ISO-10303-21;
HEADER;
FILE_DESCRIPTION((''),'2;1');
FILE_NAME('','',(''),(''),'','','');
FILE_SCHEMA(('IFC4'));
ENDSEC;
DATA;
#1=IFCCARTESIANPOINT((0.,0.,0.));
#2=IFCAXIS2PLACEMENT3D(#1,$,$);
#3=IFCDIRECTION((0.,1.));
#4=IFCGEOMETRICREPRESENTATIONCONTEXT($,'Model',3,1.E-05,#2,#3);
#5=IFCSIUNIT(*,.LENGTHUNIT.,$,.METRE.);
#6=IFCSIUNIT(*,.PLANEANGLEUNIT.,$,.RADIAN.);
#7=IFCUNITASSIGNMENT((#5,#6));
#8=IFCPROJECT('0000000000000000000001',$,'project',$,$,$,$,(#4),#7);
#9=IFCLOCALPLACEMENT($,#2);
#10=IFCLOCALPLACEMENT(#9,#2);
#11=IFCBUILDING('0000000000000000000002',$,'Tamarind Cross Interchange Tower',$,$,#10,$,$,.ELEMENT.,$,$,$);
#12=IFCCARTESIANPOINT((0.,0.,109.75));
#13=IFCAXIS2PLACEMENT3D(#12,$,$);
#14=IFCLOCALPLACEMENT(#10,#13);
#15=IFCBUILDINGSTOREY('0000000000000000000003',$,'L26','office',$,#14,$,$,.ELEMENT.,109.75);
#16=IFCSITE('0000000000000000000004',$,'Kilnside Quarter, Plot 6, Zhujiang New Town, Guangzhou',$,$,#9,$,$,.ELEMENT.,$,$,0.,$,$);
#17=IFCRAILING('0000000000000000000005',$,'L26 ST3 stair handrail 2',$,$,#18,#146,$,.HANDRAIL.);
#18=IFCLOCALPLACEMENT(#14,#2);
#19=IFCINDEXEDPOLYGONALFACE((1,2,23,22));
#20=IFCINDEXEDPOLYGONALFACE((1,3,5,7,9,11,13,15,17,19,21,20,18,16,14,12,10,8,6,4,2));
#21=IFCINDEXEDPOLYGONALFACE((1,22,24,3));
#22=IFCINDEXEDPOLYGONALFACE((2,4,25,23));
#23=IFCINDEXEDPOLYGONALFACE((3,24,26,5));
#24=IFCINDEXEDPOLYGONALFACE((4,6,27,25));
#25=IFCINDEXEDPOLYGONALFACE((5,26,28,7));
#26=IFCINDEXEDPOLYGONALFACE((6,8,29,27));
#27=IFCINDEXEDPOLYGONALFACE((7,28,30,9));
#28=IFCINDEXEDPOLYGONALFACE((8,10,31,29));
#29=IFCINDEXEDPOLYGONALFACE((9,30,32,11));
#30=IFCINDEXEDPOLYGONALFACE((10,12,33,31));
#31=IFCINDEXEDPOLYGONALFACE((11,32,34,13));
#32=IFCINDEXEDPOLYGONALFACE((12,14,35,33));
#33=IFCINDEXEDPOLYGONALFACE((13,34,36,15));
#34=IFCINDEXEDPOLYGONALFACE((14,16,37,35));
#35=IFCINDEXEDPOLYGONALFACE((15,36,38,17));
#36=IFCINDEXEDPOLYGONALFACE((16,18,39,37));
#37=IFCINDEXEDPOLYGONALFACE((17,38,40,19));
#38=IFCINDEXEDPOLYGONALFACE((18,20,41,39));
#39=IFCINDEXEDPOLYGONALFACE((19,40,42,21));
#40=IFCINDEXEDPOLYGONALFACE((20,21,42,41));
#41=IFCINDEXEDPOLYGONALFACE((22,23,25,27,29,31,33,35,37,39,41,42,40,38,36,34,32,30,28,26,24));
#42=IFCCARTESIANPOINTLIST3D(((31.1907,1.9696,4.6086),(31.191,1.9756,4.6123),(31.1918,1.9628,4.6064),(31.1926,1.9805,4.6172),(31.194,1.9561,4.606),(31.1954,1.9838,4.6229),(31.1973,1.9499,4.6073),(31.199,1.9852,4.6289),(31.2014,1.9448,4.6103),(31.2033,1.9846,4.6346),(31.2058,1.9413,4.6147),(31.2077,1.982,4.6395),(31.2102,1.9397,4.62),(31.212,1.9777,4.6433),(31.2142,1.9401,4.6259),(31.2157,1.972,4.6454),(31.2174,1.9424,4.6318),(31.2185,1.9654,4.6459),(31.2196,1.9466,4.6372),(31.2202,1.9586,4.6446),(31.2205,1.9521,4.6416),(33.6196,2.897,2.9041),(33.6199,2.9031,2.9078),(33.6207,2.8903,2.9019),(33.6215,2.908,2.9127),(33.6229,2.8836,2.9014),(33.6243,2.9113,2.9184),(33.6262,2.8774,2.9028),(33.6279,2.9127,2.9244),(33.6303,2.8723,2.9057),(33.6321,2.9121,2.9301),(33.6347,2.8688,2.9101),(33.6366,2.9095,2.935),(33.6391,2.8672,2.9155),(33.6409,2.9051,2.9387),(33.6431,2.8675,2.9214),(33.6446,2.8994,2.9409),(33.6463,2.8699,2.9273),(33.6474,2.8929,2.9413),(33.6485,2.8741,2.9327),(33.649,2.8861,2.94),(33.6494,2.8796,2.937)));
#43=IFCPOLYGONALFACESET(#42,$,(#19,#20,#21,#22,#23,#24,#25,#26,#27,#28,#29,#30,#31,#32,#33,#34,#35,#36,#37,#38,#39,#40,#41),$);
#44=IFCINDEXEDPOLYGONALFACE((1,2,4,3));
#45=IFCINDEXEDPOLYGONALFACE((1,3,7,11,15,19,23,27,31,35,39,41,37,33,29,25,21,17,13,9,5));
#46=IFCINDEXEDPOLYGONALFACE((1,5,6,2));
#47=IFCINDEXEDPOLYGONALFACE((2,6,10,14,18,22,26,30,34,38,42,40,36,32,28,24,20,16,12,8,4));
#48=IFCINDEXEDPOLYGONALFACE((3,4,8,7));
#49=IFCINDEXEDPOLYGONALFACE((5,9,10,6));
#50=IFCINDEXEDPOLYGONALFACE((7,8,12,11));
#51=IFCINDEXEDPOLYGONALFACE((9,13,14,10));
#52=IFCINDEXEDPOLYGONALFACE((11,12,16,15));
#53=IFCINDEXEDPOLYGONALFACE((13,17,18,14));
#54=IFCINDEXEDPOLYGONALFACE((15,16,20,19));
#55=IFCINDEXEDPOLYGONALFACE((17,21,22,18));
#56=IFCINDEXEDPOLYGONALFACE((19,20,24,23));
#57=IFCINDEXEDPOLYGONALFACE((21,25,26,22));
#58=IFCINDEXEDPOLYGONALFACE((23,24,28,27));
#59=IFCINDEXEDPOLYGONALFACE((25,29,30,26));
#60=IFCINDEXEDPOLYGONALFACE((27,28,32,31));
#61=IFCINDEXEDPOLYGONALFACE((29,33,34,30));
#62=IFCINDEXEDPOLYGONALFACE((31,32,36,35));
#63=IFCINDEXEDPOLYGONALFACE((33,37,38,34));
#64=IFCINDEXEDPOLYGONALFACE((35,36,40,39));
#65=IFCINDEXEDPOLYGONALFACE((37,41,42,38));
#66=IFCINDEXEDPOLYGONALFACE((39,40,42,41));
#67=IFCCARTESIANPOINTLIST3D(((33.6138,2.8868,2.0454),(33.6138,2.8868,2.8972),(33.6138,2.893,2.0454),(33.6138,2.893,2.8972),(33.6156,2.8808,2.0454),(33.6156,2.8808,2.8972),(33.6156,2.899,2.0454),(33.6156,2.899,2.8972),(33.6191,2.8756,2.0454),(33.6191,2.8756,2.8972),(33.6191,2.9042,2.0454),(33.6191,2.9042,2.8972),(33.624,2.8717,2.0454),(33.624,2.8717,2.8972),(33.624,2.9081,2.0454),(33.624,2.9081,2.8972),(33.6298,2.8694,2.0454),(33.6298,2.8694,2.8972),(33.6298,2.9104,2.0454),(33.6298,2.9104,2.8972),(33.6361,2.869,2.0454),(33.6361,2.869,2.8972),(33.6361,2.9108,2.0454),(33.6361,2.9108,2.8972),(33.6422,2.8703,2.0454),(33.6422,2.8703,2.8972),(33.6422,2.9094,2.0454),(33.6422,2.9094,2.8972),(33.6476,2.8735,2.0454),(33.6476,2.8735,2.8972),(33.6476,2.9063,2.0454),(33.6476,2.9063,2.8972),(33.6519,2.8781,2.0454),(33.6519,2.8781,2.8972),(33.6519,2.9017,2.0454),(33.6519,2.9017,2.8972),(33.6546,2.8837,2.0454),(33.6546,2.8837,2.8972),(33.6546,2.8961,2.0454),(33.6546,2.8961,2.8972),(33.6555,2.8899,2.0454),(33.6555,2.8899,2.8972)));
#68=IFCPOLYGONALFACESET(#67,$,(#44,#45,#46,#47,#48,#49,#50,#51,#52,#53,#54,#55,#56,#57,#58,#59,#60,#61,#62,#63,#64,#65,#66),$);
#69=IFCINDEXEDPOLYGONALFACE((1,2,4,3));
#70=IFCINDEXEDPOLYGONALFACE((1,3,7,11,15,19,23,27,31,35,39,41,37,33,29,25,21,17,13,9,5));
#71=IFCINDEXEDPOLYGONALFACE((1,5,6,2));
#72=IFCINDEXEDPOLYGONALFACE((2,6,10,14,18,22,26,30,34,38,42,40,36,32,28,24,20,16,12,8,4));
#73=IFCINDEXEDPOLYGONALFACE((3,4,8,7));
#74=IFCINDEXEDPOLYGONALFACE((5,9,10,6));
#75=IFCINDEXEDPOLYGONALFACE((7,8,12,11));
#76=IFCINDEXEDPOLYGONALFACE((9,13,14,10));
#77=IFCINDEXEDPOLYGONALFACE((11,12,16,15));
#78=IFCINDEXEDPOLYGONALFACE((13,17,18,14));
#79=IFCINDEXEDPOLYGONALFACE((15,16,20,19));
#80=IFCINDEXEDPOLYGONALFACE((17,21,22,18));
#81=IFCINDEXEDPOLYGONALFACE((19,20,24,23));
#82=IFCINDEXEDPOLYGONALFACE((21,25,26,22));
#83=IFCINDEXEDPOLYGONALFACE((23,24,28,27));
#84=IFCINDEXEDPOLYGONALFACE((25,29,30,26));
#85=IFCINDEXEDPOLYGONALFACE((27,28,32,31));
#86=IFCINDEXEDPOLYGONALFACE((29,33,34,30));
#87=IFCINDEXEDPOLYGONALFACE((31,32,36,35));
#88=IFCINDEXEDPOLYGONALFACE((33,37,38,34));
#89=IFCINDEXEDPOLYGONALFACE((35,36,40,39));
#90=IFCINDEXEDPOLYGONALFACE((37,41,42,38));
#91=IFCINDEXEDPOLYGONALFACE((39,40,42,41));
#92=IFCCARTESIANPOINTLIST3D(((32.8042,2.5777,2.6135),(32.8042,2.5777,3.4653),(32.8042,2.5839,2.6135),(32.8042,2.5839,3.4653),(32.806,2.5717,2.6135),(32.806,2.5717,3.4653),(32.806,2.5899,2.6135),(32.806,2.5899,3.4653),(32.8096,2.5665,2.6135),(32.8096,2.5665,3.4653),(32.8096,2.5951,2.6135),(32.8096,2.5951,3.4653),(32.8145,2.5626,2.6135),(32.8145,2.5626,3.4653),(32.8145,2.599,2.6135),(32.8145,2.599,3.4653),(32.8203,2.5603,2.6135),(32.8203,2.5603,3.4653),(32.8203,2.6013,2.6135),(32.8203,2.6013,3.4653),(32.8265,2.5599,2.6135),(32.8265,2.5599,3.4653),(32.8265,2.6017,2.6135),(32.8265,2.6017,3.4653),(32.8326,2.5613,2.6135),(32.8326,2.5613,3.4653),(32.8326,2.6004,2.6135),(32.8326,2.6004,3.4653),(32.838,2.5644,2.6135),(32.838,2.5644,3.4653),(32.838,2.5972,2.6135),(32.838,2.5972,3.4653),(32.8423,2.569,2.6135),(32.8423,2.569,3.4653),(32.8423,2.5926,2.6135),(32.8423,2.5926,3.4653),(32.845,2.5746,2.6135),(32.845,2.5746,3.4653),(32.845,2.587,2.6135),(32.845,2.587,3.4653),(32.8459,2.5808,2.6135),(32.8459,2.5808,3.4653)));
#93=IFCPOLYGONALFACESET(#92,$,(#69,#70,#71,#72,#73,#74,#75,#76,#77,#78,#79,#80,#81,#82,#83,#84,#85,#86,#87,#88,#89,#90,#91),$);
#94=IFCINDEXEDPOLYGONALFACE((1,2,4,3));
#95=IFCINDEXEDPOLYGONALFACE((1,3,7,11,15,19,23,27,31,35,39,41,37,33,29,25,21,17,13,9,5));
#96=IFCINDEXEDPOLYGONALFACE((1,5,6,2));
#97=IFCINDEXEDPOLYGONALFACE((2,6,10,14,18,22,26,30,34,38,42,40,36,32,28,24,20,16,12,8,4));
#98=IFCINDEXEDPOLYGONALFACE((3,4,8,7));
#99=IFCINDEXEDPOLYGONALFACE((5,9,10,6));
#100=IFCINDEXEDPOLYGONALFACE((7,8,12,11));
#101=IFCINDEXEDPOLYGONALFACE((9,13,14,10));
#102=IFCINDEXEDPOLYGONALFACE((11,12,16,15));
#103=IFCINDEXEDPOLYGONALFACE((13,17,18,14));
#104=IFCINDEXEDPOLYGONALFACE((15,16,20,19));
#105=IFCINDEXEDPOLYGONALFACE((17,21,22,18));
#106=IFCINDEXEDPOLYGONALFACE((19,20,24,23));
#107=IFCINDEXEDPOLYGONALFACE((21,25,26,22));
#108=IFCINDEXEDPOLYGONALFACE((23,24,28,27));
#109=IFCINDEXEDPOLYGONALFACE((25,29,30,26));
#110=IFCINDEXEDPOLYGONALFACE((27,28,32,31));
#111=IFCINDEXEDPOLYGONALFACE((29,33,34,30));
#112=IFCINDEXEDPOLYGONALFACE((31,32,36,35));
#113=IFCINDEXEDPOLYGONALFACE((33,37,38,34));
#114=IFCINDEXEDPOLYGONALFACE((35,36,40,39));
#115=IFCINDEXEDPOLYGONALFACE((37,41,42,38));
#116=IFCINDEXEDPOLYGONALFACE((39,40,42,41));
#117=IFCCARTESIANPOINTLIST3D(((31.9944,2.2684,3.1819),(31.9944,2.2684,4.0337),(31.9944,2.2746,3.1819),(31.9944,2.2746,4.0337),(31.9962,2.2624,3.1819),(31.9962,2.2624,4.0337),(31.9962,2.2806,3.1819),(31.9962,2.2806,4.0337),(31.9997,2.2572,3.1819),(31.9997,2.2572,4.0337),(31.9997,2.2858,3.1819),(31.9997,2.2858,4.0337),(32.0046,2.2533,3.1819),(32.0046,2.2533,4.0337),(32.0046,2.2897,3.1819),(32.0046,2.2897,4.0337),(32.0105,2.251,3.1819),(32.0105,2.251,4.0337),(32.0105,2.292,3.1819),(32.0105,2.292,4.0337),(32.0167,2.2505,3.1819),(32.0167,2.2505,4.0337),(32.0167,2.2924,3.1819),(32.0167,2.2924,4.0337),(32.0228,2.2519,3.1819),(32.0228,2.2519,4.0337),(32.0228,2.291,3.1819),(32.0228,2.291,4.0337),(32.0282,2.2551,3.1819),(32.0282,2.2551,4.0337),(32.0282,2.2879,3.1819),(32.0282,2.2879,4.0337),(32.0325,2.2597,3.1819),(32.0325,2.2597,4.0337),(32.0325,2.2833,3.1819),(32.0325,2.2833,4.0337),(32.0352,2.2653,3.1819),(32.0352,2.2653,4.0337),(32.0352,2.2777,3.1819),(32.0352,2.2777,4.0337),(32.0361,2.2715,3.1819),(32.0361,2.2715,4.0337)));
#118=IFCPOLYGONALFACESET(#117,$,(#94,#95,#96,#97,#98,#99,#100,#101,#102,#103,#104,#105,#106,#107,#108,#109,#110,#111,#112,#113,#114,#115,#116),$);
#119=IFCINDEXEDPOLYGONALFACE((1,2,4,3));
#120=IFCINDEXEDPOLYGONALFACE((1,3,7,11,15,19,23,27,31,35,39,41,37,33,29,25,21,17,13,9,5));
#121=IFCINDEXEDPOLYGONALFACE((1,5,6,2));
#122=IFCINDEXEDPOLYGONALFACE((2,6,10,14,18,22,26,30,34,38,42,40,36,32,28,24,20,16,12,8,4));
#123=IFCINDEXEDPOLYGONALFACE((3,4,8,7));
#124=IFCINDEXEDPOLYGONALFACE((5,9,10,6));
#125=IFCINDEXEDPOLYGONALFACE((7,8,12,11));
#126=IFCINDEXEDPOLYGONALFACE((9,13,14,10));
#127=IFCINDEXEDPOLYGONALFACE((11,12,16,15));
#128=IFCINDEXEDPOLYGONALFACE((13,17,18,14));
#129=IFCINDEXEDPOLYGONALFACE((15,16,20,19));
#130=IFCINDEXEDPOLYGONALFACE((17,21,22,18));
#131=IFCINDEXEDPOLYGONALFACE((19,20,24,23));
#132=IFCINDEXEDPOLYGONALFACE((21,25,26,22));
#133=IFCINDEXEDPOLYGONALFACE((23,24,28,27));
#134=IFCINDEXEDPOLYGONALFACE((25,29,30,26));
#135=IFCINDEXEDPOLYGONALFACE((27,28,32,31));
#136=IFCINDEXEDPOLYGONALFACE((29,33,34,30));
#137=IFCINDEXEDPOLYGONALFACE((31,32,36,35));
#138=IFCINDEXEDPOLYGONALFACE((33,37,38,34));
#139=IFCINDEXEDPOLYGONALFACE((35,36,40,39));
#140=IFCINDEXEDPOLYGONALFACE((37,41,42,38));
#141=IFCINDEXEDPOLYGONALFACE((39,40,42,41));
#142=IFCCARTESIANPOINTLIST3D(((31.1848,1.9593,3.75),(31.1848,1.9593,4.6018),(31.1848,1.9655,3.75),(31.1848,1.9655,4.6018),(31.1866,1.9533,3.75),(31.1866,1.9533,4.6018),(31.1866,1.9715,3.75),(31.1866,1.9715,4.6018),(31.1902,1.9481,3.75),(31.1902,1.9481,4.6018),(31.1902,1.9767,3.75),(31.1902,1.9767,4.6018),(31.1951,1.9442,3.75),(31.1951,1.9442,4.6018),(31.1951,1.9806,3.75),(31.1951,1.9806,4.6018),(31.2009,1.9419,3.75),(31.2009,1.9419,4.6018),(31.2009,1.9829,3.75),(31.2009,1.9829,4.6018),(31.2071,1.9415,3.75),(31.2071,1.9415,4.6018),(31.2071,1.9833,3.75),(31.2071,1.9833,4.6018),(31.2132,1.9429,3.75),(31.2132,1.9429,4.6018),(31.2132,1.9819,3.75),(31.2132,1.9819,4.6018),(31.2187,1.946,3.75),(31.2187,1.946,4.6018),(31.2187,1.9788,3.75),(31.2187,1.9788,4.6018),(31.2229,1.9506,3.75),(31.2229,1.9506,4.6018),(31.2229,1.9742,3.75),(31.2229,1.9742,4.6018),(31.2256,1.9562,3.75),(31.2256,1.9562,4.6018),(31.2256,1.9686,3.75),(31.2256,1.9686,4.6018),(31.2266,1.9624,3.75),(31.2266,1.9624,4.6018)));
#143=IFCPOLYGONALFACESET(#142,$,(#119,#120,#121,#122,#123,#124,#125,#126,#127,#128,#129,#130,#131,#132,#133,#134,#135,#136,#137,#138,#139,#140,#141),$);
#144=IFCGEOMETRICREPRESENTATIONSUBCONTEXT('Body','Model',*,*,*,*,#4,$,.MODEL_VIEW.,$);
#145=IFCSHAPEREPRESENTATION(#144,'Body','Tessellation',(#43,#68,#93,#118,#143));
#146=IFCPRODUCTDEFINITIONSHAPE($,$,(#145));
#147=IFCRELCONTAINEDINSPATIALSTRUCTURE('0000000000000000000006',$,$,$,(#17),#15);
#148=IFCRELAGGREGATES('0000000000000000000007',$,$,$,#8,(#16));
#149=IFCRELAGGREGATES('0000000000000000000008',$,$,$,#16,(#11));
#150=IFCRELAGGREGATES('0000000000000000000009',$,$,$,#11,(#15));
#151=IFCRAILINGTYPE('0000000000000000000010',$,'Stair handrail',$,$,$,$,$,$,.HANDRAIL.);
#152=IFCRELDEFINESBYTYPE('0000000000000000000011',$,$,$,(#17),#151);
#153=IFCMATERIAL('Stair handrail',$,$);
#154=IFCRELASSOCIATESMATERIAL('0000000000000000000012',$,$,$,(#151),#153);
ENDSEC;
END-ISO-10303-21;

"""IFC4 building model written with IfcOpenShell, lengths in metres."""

from ifc_helpers import new_model, si_unit, direction, frame, origin, origin_2d, place, context, subcontext, project, spatial, circle, extrude, material, type_object, element, save


model = new_model("IFC4")

# Units and contexts
model_context = context("Model", 3, precision=1e-05, world=origin(), true_north=direction((0.0, 1.0)))
body_context = subcontext(model_context, "Body", "Model", "MODEL_VIEW")
ifc_project = project(units=[si_unit("LENGTHUNIT", "METRE"), si_unit("PLANEANGLEUNIT", "RADIAN")], contexts=[model_context])

# Site, building, storey
site_placement = place(None, origin())
site = spatial("IfcSite", under=ifc_project, at=site_placement, Name="Kilnside Quarter, Plot 6, Zhujiang New Town, Guangzhou", CompositionType="ELEMENT", RefElevation=0.0)
building_placement = place(site_placement, origin())
building = spatial("IfcBuilding", under=site, at=building_placement, Name="Tamarind Cross Interchange Tower", CompositionType="ELEMENT")
storey_placement = place(building_placement, frame((0.0, 0.0, 109.75)))
storey = spatial("IfcBuildingStorey", under=building, at=storey_placement, Name="L26", Description="office", CompositionType="ELEMENT", Elevation=109.75)

# Railing
ifc_material_1 = material(Name="Stair handrail")
railing_type_1 = type_object("IfcRailingType", Name="Stair handrail", PredefinedType="HANDRAIL", material=ifc_material_1)
railing_1_placement = place(storey_placement, frame((33.6345, 2.8899, 2.0454)))
element("IfcRailing", 1, at=railing_1_placement, inside=storey, type_object=railing_type_1, Name="L26 ST3 stair handrail 2", PredefinedType="HANDRAIL", context=body_context, shape_type="SweptSolid", body=[
    extrude(circle(Radius=0.0239, at=origin_2d()), frame((0.0, 0.0, 0.876), z_axis=(-0.781274, -0.298327, 0.548281), x_axis=(0.356725, -0.934209, 0.0)), (0.0, 0.0, 1.0), 3.1089),
    extrude(circle(Radius=0.021, at=origin_2d()), origin(), (0.0, 0.0, 1.0), 0.8518),
    extrude(circle(Radius=0.021, at=origin_2d()), frame((-0.8096, -0.3091, 0.5681)), (0.0, 0.0, 1.0), 0.8518),
    extrude(circle(Radius=0.021, at=origin_2d()), frame((-1.6194, -0.6184, 1.1365)), (0.0, 0.0, 1.0), 0.8518),
    extrude(circle(Radius=0.021, at=origin_2d()), frame((-2.429, -0.9275, 1.7046)), (0.0, 0.0, 1.0), 0.8518),
])

save(model, "model.ifc")
